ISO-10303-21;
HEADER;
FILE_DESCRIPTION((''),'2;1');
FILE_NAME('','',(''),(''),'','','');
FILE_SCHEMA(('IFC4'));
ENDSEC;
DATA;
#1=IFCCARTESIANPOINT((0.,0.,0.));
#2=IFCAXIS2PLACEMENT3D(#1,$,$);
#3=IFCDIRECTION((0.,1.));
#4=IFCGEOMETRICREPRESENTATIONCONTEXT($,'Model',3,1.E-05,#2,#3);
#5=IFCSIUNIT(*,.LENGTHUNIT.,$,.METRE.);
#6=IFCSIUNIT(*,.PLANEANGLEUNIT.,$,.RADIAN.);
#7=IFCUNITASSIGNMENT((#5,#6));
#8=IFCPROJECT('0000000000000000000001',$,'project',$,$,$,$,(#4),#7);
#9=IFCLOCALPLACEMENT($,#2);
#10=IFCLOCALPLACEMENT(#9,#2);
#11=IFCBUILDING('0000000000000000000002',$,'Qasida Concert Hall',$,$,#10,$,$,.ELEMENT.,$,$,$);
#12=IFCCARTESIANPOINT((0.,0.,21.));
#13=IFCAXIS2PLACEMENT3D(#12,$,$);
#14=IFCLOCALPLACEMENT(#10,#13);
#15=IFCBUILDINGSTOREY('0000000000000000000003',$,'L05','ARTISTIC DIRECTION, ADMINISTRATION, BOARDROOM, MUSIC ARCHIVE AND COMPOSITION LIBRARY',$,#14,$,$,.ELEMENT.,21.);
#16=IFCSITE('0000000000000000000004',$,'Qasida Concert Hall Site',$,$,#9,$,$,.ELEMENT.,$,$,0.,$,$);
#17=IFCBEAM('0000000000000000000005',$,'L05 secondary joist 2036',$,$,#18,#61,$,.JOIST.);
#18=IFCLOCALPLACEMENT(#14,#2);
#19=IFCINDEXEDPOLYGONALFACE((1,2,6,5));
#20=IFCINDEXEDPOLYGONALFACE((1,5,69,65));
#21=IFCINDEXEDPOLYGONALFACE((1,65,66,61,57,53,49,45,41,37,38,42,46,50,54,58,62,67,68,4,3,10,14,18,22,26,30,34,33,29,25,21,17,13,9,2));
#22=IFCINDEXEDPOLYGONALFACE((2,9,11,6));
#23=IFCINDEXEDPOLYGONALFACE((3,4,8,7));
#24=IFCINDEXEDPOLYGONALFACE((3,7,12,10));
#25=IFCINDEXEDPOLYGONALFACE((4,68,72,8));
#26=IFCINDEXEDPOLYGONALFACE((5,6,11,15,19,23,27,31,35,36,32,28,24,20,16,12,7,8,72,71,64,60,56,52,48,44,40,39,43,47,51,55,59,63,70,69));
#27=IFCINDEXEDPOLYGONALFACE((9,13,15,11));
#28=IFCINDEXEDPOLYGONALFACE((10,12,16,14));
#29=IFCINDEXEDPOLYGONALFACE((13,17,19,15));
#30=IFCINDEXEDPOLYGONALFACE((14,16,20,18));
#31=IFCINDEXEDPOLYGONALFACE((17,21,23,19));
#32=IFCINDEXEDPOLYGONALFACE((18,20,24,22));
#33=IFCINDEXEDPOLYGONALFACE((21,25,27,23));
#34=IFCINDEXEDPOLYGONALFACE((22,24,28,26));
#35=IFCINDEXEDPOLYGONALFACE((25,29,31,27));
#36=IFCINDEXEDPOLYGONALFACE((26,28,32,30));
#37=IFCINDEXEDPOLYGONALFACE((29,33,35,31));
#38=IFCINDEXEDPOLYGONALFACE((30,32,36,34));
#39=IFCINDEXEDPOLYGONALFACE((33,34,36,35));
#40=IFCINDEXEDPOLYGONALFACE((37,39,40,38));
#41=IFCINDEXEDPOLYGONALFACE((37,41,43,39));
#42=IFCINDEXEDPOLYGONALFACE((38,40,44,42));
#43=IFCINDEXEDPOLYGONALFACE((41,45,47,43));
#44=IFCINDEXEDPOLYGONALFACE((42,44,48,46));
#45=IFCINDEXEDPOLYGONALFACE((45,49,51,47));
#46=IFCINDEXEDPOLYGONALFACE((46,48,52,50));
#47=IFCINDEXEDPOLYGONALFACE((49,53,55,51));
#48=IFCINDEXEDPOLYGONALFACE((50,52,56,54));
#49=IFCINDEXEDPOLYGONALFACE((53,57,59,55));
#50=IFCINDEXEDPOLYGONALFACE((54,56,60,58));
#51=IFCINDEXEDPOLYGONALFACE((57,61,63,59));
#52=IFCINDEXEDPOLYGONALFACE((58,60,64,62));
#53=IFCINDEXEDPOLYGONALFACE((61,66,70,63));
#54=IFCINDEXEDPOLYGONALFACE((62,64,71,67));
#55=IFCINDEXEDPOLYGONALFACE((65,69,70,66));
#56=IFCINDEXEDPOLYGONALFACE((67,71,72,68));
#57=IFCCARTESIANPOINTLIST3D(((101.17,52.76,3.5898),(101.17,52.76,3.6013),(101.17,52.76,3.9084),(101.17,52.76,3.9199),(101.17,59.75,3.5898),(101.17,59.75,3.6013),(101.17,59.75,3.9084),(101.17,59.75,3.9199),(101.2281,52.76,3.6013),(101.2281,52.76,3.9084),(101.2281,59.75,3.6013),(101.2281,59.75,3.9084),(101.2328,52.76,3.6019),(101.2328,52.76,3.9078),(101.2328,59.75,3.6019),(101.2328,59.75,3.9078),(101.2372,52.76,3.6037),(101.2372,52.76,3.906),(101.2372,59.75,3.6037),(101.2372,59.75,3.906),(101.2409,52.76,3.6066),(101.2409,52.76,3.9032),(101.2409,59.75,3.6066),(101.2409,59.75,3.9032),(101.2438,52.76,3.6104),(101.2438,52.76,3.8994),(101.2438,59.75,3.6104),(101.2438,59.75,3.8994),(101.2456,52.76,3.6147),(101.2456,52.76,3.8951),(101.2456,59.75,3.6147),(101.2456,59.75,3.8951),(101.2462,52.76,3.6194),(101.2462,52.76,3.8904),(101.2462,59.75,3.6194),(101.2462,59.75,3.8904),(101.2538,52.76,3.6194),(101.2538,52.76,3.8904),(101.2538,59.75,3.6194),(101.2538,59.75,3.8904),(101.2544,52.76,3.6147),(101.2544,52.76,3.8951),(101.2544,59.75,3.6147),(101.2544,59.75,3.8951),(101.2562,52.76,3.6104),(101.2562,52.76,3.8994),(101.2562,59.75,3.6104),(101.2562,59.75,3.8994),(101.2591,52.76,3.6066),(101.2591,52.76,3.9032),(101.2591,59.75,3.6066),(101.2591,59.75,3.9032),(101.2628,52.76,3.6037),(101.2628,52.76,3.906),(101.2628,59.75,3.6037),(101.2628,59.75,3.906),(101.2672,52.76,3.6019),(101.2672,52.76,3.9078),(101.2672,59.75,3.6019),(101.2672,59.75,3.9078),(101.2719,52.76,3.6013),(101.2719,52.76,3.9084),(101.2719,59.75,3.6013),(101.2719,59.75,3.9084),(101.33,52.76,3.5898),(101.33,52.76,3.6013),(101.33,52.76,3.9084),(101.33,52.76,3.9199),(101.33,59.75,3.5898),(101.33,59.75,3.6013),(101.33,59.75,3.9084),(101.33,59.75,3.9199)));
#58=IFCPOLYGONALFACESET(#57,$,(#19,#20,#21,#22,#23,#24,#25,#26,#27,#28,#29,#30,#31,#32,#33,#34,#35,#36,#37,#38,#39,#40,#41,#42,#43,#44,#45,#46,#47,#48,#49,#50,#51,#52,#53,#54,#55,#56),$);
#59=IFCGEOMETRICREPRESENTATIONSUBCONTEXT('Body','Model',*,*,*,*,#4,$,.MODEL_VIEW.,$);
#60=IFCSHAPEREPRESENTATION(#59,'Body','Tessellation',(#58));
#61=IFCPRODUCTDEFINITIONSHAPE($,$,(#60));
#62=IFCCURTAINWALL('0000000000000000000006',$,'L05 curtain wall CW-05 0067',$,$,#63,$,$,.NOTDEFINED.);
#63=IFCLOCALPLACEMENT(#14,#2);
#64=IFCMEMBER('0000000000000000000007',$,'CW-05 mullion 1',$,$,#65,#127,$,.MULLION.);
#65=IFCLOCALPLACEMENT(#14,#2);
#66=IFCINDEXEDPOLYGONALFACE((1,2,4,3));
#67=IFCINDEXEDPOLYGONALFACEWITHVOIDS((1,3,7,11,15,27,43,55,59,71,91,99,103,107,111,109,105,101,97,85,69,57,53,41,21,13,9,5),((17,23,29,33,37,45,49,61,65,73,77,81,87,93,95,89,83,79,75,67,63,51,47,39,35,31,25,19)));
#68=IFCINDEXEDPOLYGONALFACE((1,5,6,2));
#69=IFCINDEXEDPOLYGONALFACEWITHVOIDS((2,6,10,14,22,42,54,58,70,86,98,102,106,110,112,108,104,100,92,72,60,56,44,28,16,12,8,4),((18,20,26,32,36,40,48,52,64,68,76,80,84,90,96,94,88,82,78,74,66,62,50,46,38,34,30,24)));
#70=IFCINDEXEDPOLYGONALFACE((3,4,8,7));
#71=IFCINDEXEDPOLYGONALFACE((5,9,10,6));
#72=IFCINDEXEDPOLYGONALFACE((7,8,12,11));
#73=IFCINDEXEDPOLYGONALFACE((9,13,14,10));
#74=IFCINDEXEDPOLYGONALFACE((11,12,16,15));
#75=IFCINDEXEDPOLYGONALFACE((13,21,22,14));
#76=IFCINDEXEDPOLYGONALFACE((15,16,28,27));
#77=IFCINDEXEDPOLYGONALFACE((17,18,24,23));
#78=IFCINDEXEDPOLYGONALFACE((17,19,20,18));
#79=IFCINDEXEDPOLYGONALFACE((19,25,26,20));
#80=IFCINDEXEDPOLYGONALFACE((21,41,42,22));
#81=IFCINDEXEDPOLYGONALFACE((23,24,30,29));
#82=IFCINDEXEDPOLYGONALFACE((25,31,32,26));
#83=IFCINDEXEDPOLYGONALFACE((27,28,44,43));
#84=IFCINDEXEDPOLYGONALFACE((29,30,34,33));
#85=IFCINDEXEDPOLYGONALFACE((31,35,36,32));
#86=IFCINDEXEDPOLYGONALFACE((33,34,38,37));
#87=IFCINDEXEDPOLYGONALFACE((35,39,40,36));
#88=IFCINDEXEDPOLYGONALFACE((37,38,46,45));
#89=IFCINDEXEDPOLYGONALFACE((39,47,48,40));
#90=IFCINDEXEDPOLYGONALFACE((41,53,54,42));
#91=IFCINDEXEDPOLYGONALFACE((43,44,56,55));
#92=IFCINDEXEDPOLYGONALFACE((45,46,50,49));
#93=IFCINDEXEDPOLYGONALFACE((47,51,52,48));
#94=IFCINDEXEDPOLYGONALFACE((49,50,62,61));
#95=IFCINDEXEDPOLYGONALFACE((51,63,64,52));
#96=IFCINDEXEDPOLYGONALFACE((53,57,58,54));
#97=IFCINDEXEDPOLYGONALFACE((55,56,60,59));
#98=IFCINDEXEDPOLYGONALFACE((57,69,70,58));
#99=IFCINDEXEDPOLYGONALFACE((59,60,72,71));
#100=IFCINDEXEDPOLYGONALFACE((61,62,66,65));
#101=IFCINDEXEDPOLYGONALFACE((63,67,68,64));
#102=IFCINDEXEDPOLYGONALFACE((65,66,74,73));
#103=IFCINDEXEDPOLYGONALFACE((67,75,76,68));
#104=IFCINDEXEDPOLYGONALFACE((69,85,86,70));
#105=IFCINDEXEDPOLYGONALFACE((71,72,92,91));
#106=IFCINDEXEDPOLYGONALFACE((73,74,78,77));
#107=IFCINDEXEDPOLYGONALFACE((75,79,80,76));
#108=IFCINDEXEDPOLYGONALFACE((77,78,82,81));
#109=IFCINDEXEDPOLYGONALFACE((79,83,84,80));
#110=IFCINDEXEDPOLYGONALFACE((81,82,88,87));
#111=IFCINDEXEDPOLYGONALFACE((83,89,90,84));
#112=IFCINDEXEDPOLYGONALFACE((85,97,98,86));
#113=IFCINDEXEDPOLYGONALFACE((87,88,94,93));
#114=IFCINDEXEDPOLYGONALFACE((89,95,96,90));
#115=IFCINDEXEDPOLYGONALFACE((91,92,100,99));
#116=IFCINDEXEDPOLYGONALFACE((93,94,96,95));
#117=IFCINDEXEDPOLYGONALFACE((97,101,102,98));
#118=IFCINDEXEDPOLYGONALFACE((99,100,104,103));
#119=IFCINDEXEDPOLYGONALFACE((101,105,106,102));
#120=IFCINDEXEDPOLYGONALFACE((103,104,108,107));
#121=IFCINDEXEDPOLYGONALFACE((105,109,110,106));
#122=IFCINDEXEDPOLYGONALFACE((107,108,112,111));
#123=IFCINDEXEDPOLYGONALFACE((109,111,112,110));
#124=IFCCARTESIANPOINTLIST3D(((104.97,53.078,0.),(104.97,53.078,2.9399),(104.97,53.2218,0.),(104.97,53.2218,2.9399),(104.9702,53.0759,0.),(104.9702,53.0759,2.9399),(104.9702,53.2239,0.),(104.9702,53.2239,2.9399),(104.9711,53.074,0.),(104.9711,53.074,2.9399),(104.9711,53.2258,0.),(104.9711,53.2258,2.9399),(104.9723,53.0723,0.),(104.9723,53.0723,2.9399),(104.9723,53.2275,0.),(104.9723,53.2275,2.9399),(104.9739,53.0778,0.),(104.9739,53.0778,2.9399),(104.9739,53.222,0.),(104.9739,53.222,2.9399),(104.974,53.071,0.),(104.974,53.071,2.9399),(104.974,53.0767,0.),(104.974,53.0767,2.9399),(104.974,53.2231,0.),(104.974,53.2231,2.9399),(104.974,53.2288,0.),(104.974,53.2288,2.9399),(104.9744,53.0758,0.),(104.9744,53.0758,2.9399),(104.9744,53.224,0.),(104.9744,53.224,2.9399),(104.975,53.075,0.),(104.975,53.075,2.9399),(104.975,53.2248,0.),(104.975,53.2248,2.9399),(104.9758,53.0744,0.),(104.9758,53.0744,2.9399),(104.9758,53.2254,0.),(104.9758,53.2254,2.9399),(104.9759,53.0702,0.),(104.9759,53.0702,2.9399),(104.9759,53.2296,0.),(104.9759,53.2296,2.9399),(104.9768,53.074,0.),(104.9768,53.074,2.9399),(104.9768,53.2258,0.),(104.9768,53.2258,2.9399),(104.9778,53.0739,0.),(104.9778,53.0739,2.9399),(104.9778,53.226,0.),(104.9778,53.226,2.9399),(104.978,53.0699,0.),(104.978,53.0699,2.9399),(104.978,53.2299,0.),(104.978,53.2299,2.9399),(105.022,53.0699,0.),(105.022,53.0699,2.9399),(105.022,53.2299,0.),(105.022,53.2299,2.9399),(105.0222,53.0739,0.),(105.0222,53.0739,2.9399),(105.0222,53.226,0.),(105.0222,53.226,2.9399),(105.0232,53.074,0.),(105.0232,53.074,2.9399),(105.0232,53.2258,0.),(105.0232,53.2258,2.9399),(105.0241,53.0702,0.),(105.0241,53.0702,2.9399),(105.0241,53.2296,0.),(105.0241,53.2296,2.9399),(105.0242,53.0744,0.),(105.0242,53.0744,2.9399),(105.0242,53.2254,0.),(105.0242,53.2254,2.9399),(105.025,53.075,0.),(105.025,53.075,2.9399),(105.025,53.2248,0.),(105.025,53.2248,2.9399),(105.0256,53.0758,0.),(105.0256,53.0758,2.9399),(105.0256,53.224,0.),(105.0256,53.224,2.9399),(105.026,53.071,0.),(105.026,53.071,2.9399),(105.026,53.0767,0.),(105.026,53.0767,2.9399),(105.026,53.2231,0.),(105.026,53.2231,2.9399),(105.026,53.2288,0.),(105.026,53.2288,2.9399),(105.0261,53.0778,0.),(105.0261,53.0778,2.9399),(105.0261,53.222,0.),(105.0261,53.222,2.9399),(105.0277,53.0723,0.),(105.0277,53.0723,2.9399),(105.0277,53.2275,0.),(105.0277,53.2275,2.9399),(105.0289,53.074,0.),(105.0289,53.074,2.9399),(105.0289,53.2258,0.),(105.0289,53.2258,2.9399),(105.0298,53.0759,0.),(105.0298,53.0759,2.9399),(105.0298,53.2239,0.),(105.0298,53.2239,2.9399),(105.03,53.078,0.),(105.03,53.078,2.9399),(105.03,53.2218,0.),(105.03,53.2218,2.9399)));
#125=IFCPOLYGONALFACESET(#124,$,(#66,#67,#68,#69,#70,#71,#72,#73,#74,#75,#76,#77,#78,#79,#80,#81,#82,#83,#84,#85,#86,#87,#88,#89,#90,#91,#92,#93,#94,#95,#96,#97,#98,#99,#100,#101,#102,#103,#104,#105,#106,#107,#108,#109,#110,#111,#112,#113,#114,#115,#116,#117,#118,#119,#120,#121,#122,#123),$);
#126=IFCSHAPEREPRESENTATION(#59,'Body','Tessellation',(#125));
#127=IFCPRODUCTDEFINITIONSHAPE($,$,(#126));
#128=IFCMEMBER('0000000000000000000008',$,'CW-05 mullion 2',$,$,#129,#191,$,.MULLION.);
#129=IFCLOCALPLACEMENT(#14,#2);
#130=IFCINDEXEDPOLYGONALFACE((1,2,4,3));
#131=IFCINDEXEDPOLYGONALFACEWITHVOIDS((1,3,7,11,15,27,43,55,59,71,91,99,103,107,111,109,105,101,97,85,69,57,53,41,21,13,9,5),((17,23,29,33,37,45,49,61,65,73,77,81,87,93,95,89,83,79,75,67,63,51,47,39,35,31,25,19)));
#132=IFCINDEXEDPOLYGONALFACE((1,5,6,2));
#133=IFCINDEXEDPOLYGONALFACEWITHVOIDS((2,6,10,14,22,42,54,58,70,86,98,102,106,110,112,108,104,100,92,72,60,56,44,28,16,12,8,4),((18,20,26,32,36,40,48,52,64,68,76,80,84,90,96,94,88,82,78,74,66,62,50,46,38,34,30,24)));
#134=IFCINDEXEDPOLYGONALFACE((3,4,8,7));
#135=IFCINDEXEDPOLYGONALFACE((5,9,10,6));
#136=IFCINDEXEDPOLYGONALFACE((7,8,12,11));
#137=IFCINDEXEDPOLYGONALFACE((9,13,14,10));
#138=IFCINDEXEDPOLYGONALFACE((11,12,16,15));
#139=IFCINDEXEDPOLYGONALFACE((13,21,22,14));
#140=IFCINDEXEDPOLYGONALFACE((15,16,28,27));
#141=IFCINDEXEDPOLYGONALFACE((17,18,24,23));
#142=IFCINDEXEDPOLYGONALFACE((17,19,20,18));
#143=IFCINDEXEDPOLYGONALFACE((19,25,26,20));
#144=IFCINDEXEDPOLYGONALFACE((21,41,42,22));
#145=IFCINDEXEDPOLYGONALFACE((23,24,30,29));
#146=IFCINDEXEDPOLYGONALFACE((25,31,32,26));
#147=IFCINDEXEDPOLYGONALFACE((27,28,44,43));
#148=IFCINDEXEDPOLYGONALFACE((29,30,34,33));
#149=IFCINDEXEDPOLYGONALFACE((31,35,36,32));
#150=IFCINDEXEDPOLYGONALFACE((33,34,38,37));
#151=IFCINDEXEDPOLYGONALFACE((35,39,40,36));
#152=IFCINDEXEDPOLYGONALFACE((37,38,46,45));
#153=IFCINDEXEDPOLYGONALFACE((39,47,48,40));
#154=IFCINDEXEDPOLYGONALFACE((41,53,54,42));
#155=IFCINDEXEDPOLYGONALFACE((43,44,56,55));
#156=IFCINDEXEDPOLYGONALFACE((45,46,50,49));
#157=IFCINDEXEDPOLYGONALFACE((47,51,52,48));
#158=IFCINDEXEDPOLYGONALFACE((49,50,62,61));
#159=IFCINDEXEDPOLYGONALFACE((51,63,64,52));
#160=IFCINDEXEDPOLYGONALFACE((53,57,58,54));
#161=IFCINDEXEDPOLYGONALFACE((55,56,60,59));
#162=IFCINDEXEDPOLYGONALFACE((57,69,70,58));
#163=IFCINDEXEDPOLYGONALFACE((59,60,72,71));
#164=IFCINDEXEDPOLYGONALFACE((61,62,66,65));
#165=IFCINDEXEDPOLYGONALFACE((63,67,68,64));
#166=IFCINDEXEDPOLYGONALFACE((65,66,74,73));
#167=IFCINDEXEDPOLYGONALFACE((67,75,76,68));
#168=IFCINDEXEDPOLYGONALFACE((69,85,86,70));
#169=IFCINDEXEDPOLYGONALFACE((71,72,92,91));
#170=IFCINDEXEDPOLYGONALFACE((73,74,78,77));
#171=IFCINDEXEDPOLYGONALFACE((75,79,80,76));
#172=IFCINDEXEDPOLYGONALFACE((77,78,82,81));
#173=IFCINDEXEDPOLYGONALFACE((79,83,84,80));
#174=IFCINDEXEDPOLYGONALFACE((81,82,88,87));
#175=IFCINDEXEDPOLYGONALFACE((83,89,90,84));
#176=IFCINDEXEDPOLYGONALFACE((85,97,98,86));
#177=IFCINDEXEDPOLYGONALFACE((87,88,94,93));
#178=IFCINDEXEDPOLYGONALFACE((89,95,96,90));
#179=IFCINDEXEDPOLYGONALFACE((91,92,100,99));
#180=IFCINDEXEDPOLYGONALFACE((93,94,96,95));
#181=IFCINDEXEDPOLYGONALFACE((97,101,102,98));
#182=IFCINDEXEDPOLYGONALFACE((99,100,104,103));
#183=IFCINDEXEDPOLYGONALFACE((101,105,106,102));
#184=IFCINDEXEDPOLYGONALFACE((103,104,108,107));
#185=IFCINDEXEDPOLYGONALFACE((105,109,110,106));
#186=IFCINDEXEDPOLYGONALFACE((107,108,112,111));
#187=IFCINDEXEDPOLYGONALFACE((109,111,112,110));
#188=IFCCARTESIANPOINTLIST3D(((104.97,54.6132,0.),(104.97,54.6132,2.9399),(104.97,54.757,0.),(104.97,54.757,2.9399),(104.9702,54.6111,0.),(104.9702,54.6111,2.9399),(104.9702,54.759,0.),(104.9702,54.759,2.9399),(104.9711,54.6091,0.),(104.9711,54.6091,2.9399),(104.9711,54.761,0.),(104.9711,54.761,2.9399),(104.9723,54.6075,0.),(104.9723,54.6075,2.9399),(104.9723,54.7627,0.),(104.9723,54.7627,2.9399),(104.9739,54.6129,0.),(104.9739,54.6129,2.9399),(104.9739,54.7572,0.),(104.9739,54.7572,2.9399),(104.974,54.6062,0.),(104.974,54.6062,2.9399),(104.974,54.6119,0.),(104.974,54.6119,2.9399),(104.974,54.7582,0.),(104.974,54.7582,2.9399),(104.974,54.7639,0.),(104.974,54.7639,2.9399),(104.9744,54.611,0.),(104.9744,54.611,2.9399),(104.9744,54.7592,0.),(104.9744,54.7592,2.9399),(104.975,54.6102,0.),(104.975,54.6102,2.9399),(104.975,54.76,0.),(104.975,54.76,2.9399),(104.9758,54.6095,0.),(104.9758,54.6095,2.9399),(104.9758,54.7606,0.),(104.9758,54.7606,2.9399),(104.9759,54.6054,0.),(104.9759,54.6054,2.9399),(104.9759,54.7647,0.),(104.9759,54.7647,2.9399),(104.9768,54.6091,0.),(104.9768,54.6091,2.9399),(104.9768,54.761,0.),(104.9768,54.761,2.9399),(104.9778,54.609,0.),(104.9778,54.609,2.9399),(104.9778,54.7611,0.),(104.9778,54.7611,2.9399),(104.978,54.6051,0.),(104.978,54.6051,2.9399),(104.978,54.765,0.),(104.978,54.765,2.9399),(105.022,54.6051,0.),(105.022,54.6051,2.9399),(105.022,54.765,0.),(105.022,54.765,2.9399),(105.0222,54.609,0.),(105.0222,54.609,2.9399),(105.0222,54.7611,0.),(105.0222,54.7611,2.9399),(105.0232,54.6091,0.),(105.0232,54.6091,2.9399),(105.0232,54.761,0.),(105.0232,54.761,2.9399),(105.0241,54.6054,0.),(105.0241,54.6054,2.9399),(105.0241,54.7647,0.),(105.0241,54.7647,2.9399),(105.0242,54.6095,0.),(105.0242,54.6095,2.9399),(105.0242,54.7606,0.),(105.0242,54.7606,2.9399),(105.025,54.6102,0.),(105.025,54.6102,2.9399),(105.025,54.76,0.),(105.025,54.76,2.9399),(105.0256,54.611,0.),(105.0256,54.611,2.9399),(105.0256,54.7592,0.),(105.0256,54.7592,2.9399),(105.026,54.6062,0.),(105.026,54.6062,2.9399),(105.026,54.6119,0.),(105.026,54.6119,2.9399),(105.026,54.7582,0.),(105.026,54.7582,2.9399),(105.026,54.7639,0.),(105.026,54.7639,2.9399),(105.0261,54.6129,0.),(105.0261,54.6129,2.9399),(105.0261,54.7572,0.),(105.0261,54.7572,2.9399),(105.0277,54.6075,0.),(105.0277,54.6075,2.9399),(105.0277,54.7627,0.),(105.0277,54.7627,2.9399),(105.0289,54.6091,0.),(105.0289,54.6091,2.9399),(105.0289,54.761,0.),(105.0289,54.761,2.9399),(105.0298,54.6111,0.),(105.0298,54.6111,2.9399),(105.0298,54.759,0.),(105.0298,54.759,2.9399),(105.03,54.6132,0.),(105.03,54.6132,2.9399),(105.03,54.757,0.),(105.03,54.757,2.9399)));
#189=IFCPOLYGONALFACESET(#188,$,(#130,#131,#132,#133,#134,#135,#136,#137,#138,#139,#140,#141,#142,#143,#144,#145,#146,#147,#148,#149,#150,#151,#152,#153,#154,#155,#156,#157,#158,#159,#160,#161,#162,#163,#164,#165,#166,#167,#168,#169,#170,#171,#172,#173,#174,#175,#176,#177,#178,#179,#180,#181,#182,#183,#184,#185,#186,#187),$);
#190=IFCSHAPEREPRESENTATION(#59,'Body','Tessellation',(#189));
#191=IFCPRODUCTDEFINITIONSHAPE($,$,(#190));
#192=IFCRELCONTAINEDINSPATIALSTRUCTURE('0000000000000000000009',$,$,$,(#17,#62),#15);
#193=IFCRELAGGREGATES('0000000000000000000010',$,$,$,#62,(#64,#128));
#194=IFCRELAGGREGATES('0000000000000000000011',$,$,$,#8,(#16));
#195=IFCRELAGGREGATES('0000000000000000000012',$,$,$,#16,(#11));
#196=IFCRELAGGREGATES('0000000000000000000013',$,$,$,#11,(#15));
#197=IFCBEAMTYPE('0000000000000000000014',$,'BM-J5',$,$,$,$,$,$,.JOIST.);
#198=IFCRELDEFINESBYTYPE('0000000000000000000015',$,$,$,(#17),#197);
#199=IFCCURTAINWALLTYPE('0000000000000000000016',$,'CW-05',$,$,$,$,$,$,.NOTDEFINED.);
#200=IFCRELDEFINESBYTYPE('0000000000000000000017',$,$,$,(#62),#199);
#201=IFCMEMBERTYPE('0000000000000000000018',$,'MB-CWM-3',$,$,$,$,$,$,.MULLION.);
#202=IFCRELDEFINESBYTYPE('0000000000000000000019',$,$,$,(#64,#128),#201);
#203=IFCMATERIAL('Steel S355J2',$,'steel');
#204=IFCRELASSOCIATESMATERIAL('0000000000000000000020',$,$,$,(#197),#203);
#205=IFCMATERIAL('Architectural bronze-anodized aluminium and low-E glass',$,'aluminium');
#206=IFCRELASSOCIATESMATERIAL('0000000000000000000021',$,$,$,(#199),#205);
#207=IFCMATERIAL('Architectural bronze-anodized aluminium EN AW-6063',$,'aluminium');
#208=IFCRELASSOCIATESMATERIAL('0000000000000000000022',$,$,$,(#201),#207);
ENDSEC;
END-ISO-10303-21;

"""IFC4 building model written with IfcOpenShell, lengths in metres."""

from ifc_helpers import new_model, si_unit, direction, frame, origin, origin_2d, place, context, subcontext, project, spatial, hollow_rectangle, i_section, extrude, material, material_profile, profile_set, type_object, element, aggregate, save


model = new_model("IFC4")

# Units and contexts
model_context = context("Model", 3, precision=1e-05, world=origin(), true_north=direction((0.0, 1.0)))
body_context = subcontext(model_context, "Body", "Model", "MODEL_VIEW")
ifc_project = project(units=[si_unit("LENGTHUNIT", "METRE"), si_unit("PLANEANGLEUNIT", "RADIAN")], contexts=[model_context])

# Site, building, storey
site_placement = place(None, origin())
site = spatial("IfcSite", under=ifc_project, at=site_placement, Name="Qasida Concert Hall Site", CompositionType="ELEMENT", RefElevation=0.0)
building_placement = place(site_placement, origin())
building = spatial("IfcBuilding", under=site, at=building_placement, Name="Qasida Concert Hall", CompositionType="ELEMENT")
storey_placement = place(building_placement, frame((0.0, 0.0, 21.0)))
storey = spatial("IfcBuildingStorey", under=building, at=storey_placement, Name="L05", Description="ARTISTIC DIRECTION, ADMINISTRATION, BOARDROOM, MUSIC ARCHIVE AND COMPOSITION LIBRARY", CompositionType="ELEMENT", Elevation=21.0)

# Beam
ifc_material_1 = material(Name="Steel S355J2", Category="steel")
ifc_material_profile_1 = material_profile(ifc_material_1, i_section(OverallWidth=0.1599, OverallDepth=0.3301, WebThickness=0.0076, FlangeThickness=0.0115, FilletRadius=0.0181, at=origin_2d()), Name="IPE 330")
ifc_profile_set_1 = profile_set([ifc_material_profile_1], Name="Steel S355J2")
beam_type = type_object("IfcBeamType", Name="BM-J5", PredefinedType="JOIST", material=ifc_profile_set_1)
beam_placement = place(storey_placement, frame((101.25, 52.76, 3.7549), z_axis=(0.0, 1.0, 0.0), x_axis=(-1.0, 0.0, 0.0)))
element("IfcBeam", 1, at=beam_placement, inside=storey, type_object=beam_type, Name="L05 secondary joist 2036", PredefinedType="JOIST", context=body_context, shape_type="SweptSolid", body=[
    extrude(i_section(OverallWidth=0.1599, OverallDepth=0.3301, WebThickness=0.0076, FlangeThickness=0.0115, FilletRadius=0.0181, at=origin_2d()), origin(), (0.0, 0.0, 1.0), 6.99),
])

# Curtain wall, members
ifc_material_2 = material(Name="Architectural bronze-anodized aluminium and low-E glass", Category="aluminium")
curtain_wall_type = type_object("IfcCurtainWallType", Name="CW-05", PredefinedType="NOTDEFINED", material=ifc_material_2)
curtain_wall_placement = place(storey_placement, origin())
curtain_wall = element("IfcCurtainWall", 2, at=curtain_wall_placement, inside=storey, type_object=curtain_wall_type, Name="L05 curtain wall CW-05 0067", PredefinedType="NOTDEFINED")
ifc_material_3 = material(Name="Architectural bronze-anodized aluminium EN AW-6063", Category="aluminium")
ifc_material_profile_2 = material_profile(ifc_material_3, hollow_rectangle(XDim=0.0601, YDim=0.1599, WallThickness=0.0039, InnerFilletRadius=0.0039, OuterFilletRadius=0.0081, at=origin_2d()), Name="CWM 160x60x4")
ifc_profile_set_2 = profile_set([ifc_material_profile_2], Name="Architectural bronze-anodized aluminium EN AW-6063")
member_type_1 = type_object("IfcMemberType", Name="MB-CWM-3", PredefinedType="MULLION", material=ifc_profile_set_2)
member_1_placement = place(storey_placement, frame((105.0, 53.1499, 0.0), z_axis=(0.0, 0.0, 1.0), x_axis=(-1.0, 0.0, 0.0)))
member_1 = element("IfcMember", 3, at=member_1_placement, type_object=member_type_1, Name="CW-05 mullion 1", PredefinedType="MULLION", context=body_context, shape_type="SweptSolid", body=[
    extrude(hollow_rectangle(XDim=0.0601, YDim=0.1599, WallThickness=0.0039, InnerFilletRadius=0.0039, OuterFilletRadius=0.0081, at=origin_2d()), origin(), (0.0, 0.0, 1.0), 2.9399),
])
member_2_placement = place(storey_placement, frame((105.0, 54.6851, 0.0), z_axis=(0.0, 0.0, 1.0), x_axis=(-1.0, 0.0, 0.0)))
member_2 = element("IfcMember", 4, at=member_2_placement, type_object=member_type_1, Name="CW-05 mullion 2", PredefinedType="MULLION", context=body_context, shape_type="SweptSolid", body=[
    extrude(hollow_rectangle(XDim=0.0601, YDim=0.1599, WallThickness=0.0039, InnerFilletRadius=0.0039, OuterFilletRadius=0.0081, at=origin_2d()), origin(), (0.0, 0.0, 1.0), 2.9399),
])
aggregate(curtain_wall, [member_1, member_2])

save(model, "model.ifc")
